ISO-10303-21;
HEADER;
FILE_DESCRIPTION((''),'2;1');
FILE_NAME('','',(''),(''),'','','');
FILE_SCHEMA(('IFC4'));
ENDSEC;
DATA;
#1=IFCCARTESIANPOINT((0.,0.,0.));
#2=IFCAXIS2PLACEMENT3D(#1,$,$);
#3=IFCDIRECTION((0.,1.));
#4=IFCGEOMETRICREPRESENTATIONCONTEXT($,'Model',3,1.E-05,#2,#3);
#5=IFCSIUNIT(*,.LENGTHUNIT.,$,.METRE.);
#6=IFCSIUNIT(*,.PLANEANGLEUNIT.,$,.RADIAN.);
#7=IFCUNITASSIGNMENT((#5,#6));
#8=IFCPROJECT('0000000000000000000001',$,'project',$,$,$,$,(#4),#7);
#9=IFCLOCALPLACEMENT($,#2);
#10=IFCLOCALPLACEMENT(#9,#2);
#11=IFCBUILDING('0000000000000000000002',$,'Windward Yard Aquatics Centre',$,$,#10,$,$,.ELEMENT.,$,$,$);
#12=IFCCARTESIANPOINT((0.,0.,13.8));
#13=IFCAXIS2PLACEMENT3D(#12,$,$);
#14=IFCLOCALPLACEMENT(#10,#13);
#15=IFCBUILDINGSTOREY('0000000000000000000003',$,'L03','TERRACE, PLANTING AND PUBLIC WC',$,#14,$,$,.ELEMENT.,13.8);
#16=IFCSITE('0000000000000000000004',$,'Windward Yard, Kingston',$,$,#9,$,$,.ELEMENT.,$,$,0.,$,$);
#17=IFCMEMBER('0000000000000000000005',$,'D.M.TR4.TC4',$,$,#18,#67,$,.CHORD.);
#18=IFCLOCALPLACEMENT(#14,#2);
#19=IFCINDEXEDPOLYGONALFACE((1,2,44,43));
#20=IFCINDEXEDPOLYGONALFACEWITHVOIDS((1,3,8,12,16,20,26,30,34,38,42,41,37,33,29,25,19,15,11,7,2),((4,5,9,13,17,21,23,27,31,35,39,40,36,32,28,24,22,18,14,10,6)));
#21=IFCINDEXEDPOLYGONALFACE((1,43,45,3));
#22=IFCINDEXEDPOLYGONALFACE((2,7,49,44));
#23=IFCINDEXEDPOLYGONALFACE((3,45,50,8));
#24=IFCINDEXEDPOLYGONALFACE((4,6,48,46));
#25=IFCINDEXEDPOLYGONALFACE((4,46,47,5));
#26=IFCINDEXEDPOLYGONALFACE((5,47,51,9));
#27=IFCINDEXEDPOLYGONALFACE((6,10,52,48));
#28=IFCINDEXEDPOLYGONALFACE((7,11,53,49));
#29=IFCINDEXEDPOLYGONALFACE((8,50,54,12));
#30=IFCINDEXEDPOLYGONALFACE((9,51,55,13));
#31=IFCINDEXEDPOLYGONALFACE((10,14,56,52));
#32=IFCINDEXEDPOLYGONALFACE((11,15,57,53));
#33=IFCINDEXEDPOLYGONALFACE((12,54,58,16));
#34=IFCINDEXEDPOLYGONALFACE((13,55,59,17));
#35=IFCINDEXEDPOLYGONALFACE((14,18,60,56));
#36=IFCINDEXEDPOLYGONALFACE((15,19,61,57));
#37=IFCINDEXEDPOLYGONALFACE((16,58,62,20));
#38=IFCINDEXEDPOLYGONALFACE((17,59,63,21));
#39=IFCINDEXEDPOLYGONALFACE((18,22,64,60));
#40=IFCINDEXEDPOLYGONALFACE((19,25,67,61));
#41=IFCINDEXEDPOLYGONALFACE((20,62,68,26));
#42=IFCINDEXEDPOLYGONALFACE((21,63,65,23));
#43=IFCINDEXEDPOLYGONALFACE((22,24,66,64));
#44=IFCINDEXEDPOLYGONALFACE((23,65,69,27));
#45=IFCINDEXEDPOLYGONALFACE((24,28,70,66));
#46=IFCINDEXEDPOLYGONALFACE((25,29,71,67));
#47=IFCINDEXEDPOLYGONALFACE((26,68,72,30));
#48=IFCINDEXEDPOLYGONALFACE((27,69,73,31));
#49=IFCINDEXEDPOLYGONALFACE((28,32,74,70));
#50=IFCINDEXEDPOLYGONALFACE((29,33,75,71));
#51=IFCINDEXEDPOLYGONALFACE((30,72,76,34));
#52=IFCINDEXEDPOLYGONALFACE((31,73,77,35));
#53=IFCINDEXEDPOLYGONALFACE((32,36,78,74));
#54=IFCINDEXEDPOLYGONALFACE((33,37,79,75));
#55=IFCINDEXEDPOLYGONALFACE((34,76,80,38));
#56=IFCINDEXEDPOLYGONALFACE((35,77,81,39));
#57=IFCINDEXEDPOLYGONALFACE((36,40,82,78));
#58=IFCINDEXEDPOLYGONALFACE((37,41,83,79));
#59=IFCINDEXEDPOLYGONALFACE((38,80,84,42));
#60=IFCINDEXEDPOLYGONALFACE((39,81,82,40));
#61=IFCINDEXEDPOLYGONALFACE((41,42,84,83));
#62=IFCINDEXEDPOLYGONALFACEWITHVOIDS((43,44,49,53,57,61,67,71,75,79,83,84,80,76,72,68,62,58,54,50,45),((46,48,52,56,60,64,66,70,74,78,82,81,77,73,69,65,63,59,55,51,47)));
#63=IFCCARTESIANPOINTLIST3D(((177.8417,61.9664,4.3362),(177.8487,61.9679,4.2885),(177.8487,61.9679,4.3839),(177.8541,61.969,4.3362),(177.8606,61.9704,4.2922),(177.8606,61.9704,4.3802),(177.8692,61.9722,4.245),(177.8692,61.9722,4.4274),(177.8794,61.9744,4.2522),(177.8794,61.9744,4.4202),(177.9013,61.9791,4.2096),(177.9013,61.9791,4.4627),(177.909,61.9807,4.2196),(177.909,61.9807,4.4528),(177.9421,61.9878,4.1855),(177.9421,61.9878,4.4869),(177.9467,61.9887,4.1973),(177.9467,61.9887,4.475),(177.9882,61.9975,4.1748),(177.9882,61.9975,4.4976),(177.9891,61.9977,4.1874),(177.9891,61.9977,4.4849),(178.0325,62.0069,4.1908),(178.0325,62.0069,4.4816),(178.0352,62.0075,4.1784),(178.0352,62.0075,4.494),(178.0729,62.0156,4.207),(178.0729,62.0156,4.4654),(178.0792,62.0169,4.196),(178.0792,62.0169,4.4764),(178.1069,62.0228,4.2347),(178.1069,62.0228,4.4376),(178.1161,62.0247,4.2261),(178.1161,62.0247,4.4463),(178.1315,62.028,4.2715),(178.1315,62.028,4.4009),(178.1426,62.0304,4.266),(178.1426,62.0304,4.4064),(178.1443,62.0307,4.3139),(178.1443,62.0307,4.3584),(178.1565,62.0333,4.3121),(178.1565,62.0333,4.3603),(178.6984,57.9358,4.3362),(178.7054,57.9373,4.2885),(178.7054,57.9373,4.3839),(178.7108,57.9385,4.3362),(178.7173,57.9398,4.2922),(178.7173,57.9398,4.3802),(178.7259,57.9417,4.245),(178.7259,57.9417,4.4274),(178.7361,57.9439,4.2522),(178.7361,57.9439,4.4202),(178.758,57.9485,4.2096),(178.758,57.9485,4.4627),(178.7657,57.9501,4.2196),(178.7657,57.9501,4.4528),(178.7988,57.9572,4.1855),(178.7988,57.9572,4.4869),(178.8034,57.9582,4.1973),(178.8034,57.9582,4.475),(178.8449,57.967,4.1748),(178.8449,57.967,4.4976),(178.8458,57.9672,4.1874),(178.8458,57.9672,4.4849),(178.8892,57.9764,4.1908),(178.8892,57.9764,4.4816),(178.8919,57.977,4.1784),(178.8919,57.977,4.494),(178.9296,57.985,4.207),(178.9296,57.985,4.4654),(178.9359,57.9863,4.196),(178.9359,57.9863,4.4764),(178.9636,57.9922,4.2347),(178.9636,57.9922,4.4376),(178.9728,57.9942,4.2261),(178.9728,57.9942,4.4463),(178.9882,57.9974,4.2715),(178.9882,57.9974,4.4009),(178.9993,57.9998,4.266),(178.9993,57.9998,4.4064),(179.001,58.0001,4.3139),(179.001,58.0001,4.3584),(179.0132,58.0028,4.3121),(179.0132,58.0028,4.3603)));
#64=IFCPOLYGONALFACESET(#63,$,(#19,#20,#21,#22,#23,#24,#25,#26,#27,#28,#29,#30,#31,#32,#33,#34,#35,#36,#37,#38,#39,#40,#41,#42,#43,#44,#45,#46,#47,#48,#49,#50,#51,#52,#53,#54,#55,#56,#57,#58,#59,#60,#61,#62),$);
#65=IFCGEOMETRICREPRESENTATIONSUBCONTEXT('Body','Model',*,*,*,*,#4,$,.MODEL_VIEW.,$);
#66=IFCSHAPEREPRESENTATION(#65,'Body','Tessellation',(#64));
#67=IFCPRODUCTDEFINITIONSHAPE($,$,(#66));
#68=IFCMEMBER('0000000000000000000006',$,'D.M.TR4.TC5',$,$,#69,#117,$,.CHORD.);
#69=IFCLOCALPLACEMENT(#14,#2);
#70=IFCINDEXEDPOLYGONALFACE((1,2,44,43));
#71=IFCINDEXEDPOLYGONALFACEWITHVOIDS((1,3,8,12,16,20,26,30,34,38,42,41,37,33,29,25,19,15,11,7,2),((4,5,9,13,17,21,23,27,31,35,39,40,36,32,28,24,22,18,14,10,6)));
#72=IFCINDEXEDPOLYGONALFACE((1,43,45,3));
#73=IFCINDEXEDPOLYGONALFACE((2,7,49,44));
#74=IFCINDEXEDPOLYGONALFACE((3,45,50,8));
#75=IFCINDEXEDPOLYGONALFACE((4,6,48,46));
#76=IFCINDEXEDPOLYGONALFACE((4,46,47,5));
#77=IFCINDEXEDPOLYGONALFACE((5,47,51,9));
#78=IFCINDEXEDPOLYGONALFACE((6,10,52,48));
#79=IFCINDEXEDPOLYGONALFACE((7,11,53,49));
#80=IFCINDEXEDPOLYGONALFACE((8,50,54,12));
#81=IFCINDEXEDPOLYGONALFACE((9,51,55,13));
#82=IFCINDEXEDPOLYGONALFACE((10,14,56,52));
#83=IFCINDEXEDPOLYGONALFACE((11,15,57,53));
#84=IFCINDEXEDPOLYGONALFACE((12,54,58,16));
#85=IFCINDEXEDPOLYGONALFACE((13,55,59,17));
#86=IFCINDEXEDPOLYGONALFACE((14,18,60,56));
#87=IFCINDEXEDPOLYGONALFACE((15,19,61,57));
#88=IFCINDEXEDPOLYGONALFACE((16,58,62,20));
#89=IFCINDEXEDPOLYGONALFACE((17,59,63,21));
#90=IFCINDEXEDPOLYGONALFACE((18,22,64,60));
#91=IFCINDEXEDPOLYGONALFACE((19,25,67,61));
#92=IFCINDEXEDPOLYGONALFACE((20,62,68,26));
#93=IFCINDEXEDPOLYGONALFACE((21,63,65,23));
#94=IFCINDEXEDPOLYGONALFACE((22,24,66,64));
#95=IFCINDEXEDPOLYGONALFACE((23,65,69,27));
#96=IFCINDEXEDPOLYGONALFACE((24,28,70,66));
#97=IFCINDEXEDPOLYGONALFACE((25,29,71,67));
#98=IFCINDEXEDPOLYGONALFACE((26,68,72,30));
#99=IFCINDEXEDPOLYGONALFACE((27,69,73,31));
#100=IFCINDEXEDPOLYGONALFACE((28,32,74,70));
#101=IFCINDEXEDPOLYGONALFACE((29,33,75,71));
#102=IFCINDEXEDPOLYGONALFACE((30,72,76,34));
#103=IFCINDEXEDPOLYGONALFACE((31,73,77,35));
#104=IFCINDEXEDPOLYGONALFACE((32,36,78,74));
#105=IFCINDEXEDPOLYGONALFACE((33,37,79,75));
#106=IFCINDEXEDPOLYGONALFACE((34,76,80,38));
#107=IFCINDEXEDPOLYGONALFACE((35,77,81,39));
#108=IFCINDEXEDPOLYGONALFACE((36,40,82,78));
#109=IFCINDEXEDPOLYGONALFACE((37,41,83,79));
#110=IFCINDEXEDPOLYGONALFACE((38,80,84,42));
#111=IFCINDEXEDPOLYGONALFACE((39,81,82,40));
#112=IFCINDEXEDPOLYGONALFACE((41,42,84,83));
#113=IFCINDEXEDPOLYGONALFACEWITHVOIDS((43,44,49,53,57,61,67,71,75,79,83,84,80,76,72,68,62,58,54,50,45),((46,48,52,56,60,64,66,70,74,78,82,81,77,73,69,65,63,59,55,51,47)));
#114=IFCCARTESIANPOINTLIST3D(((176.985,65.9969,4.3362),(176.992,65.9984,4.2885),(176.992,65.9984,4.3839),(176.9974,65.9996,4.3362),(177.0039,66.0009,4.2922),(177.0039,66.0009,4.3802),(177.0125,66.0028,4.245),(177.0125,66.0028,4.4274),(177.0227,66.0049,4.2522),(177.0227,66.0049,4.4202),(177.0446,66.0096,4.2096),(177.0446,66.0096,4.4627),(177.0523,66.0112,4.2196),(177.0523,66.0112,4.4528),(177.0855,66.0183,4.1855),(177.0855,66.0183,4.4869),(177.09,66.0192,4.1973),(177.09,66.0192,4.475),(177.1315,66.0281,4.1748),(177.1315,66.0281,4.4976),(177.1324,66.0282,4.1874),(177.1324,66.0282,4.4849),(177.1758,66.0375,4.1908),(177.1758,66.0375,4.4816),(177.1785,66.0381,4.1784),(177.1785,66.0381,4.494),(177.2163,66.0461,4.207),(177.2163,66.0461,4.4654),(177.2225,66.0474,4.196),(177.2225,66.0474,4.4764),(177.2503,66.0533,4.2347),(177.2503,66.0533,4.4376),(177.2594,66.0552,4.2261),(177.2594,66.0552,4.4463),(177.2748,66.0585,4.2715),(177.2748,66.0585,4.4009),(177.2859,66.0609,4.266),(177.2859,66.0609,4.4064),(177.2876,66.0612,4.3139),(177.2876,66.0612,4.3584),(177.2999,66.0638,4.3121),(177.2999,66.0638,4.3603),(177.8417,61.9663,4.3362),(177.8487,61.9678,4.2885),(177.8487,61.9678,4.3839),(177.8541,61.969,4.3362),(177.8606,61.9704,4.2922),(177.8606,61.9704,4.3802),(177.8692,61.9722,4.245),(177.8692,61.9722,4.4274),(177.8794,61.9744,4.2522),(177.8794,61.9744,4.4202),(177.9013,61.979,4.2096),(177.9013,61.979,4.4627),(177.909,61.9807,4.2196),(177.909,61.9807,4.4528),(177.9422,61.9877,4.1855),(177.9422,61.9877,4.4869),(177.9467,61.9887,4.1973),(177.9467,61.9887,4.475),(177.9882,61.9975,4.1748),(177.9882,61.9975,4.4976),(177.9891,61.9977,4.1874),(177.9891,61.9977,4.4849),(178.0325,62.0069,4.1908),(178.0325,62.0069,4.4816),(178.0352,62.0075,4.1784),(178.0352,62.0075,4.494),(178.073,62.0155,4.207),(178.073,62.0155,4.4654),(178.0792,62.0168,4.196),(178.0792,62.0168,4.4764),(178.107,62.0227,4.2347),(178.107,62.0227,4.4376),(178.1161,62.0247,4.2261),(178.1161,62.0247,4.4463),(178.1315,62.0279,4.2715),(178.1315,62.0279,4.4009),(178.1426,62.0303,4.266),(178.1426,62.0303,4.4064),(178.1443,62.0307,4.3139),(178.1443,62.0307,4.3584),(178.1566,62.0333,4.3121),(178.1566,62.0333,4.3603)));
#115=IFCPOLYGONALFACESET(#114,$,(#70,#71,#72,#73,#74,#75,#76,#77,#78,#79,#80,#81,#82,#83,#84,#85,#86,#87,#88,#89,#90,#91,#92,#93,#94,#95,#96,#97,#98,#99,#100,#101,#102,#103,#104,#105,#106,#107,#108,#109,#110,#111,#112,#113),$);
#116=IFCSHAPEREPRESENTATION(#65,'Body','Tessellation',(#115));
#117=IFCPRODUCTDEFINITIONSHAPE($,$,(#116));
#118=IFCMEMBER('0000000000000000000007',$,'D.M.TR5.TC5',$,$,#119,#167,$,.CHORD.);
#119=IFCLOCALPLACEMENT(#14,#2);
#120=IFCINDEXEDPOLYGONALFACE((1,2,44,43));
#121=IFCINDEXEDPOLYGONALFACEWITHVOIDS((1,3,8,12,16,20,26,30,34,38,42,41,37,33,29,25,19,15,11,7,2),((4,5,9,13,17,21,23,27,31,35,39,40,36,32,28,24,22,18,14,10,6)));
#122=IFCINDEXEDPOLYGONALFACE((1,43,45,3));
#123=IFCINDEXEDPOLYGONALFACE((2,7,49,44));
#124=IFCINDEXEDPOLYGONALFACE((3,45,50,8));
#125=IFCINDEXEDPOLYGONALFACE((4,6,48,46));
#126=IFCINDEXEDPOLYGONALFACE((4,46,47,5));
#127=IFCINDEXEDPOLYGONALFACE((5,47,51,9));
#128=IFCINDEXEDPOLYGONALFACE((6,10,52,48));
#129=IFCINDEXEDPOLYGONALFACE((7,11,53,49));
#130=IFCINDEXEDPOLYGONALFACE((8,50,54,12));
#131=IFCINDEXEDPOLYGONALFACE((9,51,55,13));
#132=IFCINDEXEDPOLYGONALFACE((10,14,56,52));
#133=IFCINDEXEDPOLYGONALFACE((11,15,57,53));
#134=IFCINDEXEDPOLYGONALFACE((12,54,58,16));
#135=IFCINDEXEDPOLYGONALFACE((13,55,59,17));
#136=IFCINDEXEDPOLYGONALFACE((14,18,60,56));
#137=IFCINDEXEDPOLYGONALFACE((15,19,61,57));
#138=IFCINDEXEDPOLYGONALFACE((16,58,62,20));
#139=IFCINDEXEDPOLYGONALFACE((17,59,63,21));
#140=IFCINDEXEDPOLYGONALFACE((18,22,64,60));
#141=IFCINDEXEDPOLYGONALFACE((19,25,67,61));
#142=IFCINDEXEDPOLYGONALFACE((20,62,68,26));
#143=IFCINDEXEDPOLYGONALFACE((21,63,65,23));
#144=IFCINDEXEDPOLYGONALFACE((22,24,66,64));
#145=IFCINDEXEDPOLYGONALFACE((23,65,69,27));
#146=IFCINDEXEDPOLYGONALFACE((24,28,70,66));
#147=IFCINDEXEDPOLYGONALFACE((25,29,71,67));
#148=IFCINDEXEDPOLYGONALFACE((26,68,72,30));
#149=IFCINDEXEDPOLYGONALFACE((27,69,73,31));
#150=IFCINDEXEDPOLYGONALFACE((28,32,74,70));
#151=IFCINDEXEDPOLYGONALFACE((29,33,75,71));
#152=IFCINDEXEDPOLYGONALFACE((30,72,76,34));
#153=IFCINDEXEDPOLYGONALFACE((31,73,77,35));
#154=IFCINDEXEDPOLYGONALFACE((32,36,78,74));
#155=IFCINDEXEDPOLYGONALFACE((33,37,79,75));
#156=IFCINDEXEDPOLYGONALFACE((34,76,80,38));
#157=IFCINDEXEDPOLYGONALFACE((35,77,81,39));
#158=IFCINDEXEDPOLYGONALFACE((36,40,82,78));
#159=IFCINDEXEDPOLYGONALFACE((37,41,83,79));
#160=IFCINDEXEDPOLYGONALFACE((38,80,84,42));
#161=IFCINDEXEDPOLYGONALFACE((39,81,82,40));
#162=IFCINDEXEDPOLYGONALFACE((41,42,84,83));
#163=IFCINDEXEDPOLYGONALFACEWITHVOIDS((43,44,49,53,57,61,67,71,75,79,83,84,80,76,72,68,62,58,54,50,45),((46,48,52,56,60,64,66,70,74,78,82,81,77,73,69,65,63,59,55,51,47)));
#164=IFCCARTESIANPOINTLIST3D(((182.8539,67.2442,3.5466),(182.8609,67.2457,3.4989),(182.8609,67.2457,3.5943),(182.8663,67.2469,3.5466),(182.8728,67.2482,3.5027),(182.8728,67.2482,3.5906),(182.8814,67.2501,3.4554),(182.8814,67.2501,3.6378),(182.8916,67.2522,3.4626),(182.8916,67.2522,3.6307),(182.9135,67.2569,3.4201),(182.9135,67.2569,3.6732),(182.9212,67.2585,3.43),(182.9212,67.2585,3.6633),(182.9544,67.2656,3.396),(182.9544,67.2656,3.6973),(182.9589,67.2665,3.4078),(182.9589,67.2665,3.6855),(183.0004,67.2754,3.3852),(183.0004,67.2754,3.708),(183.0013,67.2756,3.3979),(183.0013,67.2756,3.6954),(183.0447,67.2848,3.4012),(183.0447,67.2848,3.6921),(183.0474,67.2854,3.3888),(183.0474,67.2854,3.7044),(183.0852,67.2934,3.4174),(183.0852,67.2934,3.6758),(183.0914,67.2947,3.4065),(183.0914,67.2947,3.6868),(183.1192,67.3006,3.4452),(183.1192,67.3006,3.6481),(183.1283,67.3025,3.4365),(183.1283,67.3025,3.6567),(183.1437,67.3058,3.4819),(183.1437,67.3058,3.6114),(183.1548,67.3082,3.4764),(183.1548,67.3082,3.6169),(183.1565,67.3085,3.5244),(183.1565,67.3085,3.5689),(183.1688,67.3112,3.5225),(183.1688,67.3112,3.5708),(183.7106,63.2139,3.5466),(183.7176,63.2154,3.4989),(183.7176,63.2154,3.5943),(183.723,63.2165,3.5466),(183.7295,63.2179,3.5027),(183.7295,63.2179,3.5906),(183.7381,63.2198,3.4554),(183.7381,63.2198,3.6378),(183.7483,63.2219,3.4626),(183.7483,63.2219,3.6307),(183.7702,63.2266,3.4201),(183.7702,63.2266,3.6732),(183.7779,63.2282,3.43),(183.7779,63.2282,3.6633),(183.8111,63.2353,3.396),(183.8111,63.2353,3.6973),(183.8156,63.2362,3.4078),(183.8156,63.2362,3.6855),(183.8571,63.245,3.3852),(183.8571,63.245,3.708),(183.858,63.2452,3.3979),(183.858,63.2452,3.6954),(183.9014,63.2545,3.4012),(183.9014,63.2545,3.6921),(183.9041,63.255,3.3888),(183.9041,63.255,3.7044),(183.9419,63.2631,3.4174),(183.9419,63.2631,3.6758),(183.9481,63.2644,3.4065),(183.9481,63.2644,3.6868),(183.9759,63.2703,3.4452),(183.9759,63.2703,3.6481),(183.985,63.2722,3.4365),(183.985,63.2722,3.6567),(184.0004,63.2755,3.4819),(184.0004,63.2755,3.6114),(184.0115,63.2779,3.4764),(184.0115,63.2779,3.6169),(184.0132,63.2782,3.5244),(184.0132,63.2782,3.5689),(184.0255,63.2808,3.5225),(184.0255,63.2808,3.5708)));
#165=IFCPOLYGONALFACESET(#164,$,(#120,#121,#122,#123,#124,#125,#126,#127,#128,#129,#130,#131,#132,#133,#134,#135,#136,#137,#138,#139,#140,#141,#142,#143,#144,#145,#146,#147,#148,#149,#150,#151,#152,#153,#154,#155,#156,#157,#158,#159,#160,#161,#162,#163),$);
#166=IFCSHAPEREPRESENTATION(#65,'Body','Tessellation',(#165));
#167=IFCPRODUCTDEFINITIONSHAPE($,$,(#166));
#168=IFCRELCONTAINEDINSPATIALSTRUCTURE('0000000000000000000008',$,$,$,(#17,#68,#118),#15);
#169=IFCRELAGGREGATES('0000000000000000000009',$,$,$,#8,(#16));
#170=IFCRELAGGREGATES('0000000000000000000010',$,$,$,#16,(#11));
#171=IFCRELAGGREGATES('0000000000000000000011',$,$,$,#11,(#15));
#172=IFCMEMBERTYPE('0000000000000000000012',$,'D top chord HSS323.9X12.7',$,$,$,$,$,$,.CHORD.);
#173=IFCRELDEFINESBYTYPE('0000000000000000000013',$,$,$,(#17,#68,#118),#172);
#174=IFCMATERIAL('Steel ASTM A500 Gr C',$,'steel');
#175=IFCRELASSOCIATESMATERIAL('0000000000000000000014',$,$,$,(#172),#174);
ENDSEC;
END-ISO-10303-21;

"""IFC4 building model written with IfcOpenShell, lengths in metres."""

from ifc_helpers import new_model, si_unit, direction, frame, origin, origin_2d, place, context, subcontext, project, spatial, hollow_circle, extrude, material, material_profile, profile_set, type_object, element, save


model = new_model("IFC4")

# Units and contexts
model_context = context("Model", 3, precision=1e-05, world=origin(), true_north=direction((0.0, 1.0)))
body_context = subcontext(model_context, "Body", "Model", "MODEL_VIEW")
ifc_project = project(units=[si_unit("LENGTHUNIT", "METRE"), si_unit("PLANEANGLEUNIT", "RADIAN")], contexts=[model_context])

# Site, building, storey
site_placement = place(None, origin())
site = spatial("IfcSite", under=ifc_project, at=site_placement, Name="Windward Yard, Kingston", CompositionType="ELEMENT", RefElevation=0.0)
building_placement = place(site_placement, origin())
building = spatial("IfcBuilding", under=site, at=building_placement, Name="Windward Yard Aquatics Centre", CompositionType="ELEMENT")
storey_placement = place(building_placement, frame((0.0, 0.0, 13.8)))
storey = spatial("IfcBuildingStorey", under=building, at=storey_placement, Name="L03", Description="TERRACE, PLANTING AND PUBLIC WC", CompositionType="ELEMENT", Elevation=13.8)

# Members
ifc_material_1 = material(Name="Steel ASTM A500 Gr C", Category="steel")
ifc_material_profile_1 = material_profile(ifc_material_1, hollow_circle(Radius=0.1619, WallThickness=0.0127, at=origin_2d()), Name="HSS323.9X12.7")
ifc_profile_set_1 = profile_set([ifc_material_profile_1], Name="Steel ASTM A500 Gr C")
member_type_1 = type_object("IfcMemberType", Name="D top chord HSS323.9X12.7", PredefinedType="CHORD", material=ifc_profile_set_1)
for number, where, z_axis, x_axis, name in (
    (1, (178.8567, 57.9695, 4.3362), (-0.207906, 0.978149, 0.0), (-0.978149, -0.207906, 0.0), "D.M.TR4.TC4"),
    (2, (178.0, 62.0, 4.3362), (-0.207906, 0.978149, 0.0), (-0.978149, -0.207906, 0.0), "D.M.TR4.TC5"),
):
    element("IfcMember", number, at=place(storey_placement, frame(where, z_axis=z_axis, x_axis=x_axis)), inside=storey, type_object=member_type_1, Name=name, PredefinedType="CHORD", context=body_context, shape_type="SweptSolid", body=[
        extrude(hollow_circle(Radius=0.1619, WallThickness=0.0127, at=origin_2d()), origin(), (0.0, 0.0, 1.0), 4.1206),
    ])
member_1_placement = place(storey_placement, frame((183.8689, 63.2476, 3.5466), z_axis=(-0.207918, 0.978146, 0.0), x_axis=(-0.978146, -0.207918, 0.0)))
element("IfcMember", 3, at=member_1_placement, inside=storey, type_object=member_type_1, Name="D.M.TR5.TC5", PredefinedType="CHORD", context=body_context, shape_type="SweptSolid", body=[
    extrude(hollow_circle(Radius=0.1619, WallThickness=0.0127, at=origin_2d()), origin(), (0.0, 0.0, 1.0), 4.1204),
])

save(model, "model.ifc")
